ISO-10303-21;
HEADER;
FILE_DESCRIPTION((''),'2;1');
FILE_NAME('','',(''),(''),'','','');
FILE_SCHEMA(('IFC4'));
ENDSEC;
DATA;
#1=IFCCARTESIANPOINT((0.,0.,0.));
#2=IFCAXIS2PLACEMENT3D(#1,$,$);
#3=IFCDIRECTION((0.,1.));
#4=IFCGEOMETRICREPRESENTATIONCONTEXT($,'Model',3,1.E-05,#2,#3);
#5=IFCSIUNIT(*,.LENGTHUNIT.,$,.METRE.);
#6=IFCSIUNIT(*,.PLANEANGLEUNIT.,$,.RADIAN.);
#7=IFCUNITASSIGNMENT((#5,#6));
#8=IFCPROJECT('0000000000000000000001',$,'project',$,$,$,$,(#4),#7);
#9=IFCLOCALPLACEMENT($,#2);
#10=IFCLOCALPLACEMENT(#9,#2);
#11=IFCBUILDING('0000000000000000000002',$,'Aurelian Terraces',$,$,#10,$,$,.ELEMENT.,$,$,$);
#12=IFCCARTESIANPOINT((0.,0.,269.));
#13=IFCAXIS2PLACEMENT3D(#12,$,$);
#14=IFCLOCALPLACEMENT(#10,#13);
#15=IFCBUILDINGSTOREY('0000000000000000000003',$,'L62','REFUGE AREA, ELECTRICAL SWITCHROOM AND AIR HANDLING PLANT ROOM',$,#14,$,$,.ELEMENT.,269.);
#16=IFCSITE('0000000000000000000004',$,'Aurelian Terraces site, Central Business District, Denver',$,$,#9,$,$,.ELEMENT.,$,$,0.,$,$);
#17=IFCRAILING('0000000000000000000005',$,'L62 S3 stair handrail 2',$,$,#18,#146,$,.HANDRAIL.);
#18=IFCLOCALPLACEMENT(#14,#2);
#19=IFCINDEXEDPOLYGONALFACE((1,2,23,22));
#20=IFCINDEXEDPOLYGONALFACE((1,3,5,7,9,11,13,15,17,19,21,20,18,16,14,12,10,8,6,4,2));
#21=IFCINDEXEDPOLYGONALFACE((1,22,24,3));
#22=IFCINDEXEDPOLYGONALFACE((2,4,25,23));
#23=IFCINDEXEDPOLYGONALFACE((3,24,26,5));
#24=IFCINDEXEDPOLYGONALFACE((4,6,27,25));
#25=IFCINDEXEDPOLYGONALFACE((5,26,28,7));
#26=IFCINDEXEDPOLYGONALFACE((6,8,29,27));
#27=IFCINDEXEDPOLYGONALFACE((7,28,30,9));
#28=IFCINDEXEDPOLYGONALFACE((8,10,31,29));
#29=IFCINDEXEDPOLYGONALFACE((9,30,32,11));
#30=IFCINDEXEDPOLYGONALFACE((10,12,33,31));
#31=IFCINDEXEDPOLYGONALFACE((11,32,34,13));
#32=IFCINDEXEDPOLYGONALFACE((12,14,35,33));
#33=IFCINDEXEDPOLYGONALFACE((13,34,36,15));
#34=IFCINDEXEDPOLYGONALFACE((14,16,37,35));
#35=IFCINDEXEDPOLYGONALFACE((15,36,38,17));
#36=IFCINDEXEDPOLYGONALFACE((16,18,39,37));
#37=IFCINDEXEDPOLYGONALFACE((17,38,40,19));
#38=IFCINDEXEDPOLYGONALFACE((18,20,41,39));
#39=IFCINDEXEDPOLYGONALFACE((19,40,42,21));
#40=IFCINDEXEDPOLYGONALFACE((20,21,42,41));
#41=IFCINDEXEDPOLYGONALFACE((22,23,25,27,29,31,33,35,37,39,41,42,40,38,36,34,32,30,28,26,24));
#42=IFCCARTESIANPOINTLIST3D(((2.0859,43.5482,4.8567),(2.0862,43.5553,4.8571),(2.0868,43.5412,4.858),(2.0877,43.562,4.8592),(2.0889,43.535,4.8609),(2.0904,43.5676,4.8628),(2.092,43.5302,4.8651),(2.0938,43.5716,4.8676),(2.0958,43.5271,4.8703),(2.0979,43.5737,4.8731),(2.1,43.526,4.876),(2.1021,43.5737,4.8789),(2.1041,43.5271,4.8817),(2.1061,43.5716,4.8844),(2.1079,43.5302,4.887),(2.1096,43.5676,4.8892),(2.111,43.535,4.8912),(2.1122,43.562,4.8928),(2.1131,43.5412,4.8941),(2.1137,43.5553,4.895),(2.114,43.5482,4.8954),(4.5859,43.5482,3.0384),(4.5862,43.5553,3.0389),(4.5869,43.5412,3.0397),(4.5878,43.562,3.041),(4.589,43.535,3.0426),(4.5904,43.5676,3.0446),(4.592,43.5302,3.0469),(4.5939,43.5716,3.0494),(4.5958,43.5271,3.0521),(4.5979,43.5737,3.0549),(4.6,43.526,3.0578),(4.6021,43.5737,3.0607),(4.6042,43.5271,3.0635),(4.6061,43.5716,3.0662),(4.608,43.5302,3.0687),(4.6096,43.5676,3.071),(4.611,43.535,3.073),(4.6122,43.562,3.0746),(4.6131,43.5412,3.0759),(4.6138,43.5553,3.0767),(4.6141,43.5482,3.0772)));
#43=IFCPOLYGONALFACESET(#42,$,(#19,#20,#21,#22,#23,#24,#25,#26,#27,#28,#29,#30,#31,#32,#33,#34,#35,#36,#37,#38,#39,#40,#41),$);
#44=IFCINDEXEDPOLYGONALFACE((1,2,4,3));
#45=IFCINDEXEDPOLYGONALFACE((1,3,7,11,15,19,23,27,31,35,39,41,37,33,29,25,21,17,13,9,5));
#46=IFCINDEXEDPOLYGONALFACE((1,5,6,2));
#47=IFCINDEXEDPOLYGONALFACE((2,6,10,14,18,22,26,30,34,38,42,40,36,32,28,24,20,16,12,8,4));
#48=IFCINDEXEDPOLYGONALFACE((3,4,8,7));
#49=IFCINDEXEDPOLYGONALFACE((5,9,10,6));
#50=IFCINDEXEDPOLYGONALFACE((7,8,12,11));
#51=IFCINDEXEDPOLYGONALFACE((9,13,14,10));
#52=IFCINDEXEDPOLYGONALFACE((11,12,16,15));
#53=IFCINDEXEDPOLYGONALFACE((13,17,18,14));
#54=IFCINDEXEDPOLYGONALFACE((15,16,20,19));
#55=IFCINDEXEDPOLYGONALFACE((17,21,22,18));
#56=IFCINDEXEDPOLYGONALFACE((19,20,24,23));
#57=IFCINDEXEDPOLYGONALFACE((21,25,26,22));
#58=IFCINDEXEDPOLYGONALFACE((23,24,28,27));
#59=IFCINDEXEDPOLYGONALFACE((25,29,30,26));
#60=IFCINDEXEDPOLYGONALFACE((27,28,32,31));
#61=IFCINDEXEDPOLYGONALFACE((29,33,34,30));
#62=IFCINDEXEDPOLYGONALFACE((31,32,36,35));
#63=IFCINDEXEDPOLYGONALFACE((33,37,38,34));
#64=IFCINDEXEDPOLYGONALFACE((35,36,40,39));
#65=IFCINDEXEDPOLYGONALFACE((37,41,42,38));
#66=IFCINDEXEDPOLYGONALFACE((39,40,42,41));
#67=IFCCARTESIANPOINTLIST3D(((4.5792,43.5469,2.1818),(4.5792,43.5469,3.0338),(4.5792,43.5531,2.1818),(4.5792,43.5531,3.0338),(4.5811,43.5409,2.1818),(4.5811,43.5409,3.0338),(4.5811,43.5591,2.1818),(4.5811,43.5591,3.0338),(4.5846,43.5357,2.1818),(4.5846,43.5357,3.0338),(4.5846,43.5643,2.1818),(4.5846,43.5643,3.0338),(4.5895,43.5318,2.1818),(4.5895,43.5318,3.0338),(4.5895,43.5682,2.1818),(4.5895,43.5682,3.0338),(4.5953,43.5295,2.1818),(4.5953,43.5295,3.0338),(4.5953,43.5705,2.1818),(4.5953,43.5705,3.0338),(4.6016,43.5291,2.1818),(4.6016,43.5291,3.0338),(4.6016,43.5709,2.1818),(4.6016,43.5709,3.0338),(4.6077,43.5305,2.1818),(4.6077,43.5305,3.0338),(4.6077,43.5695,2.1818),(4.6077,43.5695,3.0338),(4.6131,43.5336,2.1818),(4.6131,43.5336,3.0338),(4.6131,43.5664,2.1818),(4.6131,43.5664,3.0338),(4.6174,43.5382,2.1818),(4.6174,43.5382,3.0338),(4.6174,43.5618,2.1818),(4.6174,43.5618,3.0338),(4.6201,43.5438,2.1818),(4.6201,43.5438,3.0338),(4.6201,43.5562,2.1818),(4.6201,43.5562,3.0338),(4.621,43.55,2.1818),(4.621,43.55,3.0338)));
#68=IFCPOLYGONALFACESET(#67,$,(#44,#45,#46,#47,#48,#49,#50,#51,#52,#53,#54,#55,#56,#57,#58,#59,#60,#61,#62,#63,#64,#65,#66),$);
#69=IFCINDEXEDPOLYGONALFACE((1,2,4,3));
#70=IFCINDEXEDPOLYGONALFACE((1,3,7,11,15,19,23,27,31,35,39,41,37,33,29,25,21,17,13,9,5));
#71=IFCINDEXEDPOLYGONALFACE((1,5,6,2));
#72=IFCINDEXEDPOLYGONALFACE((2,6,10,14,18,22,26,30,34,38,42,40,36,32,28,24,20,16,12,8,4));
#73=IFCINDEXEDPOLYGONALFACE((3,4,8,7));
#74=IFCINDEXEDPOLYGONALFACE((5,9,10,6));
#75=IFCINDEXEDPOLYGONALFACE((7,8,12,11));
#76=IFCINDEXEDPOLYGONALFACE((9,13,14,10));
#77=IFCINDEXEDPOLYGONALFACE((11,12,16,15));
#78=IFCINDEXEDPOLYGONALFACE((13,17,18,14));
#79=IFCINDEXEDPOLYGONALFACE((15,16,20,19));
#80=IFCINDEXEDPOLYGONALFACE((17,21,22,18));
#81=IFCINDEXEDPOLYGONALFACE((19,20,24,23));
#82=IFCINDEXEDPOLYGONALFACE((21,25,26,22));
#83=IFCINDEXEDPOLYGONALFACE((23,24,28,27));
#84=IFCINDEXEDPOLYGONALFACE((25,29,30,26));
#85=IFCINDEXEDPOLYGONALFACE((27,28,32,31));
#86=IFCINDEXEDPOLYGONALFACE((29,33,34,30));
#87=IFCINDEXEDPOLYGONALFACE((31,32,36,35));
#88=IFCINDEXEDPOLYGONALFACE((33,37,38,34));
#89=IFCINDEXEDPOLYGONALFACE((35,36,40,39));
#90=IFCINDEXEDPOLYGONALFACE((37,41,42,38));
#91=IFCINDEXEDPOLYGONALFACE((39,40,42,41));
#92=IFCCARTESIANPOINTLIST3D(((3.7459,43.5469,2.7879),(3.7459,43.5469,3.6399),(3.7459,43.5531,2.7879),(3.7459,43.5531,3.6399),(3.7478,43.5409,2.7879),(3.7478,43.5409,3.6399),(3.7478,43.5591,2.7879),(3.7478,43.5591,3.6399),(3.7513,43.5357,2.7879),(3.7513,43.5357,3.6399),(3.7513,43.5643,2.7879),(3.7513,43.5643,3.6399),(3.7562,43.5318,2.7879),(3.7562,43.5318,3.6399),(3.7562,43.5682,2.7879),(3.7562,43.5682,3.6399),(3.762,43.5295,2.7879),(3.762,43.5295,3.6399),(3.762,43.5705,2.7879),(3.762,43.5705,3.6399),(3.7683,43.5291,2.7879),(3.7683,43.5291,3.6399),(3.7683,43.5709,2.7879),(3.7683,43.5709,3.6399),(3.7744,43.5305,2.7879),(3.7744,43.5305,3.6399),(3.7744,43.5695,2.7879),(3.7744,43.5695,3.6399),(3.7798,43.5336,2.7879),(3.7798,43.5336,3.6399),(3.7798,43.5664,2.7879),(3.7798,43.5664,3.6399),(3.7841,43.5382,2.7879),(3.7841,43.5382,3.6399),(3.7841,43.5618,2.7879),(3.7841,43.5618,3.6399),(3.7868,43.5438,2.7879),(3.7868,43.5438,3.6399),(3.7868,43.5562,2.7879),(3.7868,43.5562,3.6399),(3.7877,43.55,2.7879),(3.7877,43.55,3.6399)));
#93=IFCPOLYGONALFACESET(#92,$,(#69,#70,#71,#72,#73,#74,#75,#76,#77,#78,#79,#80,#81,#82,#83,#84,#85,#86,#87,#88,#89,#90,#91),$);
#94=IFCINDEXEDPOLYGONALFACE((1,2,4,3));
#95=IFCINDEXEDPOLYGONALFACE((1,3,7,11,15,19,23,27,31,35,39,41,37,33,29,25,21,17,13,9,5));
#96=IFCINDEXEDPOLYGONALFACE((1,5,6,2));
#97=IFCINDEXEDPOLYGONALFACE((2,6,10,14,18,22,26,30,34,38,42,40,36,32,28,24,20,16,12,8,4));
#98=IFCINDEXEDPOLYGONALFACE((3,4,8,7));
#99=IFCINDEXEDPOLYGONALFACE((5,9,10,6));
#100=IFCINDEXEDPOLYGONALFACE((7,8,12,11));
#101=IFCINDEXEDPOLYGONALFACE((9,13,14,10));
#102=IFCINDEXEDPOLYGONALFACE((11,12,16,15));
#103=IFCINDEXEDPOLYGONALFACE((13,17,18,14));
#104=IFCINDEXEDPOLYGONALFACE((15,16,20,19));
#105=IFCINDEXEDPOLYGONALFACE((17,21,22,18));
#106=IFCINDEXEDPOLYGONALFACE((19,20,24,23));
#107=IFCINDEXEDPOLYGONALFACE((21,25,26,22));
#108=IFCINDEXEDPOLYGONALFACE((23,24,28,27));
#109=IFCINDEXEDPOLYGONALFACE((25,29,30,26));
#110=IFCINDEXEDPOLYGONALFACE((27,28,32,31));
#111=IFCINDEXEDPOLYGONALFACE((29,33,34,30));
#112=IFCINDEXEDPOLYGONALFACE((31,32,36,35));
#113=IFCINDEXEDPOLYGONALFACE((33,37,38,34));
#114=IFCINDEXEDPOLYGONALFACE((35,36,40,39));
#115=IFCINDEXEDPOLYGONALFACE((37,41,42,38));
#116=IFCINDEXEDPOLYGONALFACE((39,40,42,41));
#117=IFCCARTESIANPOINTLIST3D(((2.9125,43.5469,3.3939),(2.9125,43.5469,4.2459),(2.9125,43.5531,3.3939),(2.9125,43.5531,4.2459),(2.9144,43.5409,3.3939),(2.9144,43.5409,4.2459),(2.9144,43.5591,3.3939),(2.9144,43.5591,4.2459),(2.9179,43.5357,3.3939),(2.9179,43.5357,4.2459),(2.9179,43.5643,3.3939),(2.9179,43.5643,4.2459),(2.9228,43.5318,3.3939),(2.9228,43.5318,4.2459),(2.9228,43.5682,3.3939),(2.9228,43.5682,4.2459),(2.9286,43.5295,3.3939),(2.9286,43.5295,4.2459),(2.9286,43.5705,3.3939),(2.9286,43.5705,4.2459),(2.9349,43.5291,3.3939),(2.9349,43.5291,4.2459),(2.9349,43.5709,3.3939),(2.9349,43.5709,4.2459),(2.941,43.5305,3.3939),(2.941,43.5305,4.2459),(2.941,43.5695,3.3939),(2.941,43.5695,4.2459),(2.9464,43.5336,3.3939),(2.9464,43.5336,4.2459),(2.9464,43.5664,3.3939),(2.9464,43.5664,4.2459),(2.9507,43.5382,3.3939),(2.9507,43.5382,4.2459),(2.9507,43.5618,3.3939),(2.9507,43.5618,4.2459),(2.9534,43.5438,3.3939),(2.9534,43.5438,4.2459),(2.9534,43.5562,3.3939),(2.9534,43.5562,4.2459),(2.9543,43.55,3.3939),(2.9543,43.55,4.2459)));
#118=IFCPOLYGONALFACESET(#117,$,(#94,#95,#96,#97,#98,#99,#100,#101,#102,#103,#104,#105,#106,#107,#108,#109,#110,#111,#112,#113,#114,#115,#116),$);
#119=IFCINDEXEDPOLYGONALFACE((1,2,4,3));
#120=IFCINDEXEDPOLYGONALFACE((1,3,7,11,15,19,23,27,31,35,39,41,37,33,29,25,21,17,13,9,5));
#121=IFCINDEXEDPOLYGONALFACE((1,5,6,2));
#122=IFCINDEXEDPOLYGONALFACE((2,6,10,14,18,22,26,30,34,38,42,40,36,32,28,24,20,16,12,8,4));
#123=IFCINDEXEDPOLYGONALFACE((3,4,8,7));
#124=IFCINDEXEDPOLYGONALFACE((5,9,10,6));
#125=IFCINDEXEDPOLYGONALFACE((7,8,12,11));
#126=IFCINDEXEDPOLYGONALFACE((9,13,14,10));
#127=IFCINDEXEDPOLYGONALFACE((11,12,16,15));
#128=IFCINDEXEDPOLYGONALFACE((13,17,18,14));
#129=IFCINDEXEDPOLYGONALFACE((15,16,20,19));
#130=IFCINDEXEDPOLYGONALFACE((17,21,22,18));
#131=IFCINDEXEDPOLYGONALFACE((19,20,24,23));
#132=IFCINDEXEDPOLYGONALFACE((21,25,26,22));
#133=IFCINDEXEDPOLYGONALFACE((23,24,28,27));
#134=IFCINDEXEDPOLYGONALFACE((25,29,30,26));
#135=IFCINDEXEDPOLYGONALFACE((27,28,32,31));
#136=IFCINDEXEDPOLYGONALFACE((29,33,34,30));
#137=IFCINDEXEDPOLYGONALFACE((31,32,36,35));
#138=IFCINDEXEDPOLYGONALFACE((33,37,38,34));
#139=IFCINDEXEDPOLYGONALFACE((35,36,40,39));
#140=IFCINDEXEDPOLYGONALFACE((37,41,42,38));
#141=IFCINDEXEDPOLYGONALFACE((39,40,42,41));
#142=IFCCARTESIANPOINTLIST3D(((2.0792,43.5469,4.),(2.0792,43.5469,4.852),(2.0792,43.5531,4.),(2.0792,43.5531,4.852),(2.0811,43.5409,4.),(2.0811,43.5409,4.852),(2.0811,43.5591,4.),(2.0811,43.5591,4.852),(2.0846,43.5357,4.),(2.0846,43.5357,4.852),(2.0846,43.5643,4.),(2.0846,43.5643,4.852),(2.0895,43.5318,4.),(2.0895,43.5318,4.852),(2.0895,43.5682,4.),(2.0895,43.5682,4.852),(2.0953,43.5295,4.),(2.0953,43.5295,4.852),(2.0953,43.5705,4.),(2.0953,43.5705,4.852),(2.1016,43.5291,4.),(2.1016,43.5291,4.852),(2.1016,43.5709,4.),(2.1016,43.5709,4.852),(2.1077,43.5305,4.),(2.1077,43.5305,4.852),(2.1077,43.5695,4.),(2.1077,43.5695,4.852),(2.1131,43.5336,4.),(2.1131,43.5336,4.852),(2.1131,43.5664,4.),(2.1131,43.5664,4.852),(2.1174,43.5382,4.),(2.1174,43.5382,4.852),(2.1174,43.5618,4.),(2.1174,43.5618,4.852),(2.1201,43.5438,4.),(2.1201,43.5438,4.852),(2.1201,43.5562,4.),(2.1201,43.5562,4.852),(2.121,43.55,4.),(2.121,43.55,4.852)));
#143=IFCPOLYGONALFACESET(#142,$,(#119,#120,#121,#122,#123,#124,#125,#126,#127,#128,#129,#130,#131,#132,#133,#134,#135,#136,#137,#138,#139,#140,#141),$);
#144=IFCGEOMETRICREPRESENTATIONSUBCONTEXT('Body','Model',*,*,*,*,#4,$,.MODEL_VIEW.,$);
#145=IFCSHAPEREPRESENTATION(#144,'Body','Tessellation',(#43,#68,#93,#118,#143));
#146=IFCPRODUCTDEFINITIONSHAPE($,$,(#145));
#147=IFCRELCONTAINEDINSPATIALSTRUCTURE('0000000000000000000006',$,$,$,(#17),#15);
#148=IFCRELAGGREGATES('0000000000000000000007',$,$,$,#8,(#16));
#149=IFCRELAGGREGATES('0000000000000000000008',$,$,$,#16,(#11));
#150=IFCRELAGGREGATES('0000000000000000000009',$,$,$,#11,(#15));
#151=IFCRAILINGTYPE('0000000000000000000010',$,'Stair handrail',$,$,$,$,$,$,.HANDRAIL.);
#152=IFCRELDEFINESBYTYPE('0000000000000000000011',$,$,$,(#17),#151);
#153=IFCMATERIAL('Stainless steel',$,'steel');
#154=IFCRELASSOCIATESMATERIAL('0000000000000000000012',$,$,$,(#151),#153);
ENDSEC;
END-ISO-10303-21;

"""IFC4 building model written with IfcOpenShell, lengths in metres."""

from ifc_helpers import new_model, si_unit, direction, frame, origin, origin_2d, place, context, subcontext, project, spatial, circle, extrude, source, transform, mapped, material, type_object, element, save


model = new_model("IFC4")

# Units and contexts
model_context = context("Model", 3, precision=1e-05, world=origin(), true_north=direction((0.0, 1.0)))
body_context = subcontext(model_context, "Body", "Model", "MODEL_VIEW")
ifc_project = project(units=[si_unit("LENGTHUNIT", "METRE"), si_unit("PLANEANGLEUNIT", "RADIAN")], contexts=[model_context])

# Site, building, storey
site_placement = place(None, origin())
site = spatial("IfcSite", under=ifc_project, at=site_placement, Name="Aurelian Terraces site, Central Business District, Denver", CompositionType="ELEMENT", RefElevation=0.0)
building_placement = place(site_placement, origin())
building = spatial("IfcBuilding", under=site, at=building_placement, Name="Aurelian Terraces", CompositionType="ELEMENT")
storey_placement = place(building_placement, frame((0.0, 0.0, 269.0)))
storey = spatial("IfcBuildingStorey", under=building, at=storey_placement, Name="L62", Description="REFUGE AREA, ELECTRICAL SWITCHROOM AND AIR HANDLING PLANT ROOM", CompositionType="ELEMENT", Elevation=269.0)

# Railing
ifc_material_1 = material(Name="Stainless steel", Category="steel")
railing_type_1 = type_object("IfcRailingType", Name="Stair handrail", PredefinedType="HANDRAIL", material=ifc_material_1)
shared_shape_1 = source(origin(), body_context, "Body", "SweptSolid", [
    extrude(circle(Radius=0.024, at=origin_2d()), frame((0.0, 0.0, 0.876), z_axis=(-0.808733, 0.0, 0.588176), x_axis=(0.0, -1.0, 0.0)), (0.0, 0.0, 1.0), 3.0913),
    extrude(circle(Radius=0.021, at=origin_2d()), origin(), (0.0, 0.0, 1.0), 0.852),
    extrude(circle(Radius=0.021, at=origin_2d()), frame((-0.8333, 0.0, 0.6061)), (0.0, 0.0, 1.0), 0.852),
    extrude(circle(Radius=0.021, at=origin_2d()), frame((-1.6667, 0.0, 1.2121)), (0.0, 0.0, 1.0), 0.852),
    extrude(circle(Radius=0.021, at=origin_2d()), frame((-2.5, 0.0, 1.8182)), (0.0, 0.0, 1.0), 0.852),
])
for number, where, name in (
    (1, (4.6, 43.55, 2.1818), "L62 S3 stair handrail 2"),
):
    element("IfcRailing", number, at=place(storey_placement, frame(where)), inside=storey, type_object=railing_type_1, Name=name, PredefinedType="HANDRAIL", context=body_context, shape_type="MappedRepresentation", body=[
        mapped(shared_shape_1, transform((0.0, 0.0, 0.0), scale=1.0)),
    ])

save(model, "model.ifc")
